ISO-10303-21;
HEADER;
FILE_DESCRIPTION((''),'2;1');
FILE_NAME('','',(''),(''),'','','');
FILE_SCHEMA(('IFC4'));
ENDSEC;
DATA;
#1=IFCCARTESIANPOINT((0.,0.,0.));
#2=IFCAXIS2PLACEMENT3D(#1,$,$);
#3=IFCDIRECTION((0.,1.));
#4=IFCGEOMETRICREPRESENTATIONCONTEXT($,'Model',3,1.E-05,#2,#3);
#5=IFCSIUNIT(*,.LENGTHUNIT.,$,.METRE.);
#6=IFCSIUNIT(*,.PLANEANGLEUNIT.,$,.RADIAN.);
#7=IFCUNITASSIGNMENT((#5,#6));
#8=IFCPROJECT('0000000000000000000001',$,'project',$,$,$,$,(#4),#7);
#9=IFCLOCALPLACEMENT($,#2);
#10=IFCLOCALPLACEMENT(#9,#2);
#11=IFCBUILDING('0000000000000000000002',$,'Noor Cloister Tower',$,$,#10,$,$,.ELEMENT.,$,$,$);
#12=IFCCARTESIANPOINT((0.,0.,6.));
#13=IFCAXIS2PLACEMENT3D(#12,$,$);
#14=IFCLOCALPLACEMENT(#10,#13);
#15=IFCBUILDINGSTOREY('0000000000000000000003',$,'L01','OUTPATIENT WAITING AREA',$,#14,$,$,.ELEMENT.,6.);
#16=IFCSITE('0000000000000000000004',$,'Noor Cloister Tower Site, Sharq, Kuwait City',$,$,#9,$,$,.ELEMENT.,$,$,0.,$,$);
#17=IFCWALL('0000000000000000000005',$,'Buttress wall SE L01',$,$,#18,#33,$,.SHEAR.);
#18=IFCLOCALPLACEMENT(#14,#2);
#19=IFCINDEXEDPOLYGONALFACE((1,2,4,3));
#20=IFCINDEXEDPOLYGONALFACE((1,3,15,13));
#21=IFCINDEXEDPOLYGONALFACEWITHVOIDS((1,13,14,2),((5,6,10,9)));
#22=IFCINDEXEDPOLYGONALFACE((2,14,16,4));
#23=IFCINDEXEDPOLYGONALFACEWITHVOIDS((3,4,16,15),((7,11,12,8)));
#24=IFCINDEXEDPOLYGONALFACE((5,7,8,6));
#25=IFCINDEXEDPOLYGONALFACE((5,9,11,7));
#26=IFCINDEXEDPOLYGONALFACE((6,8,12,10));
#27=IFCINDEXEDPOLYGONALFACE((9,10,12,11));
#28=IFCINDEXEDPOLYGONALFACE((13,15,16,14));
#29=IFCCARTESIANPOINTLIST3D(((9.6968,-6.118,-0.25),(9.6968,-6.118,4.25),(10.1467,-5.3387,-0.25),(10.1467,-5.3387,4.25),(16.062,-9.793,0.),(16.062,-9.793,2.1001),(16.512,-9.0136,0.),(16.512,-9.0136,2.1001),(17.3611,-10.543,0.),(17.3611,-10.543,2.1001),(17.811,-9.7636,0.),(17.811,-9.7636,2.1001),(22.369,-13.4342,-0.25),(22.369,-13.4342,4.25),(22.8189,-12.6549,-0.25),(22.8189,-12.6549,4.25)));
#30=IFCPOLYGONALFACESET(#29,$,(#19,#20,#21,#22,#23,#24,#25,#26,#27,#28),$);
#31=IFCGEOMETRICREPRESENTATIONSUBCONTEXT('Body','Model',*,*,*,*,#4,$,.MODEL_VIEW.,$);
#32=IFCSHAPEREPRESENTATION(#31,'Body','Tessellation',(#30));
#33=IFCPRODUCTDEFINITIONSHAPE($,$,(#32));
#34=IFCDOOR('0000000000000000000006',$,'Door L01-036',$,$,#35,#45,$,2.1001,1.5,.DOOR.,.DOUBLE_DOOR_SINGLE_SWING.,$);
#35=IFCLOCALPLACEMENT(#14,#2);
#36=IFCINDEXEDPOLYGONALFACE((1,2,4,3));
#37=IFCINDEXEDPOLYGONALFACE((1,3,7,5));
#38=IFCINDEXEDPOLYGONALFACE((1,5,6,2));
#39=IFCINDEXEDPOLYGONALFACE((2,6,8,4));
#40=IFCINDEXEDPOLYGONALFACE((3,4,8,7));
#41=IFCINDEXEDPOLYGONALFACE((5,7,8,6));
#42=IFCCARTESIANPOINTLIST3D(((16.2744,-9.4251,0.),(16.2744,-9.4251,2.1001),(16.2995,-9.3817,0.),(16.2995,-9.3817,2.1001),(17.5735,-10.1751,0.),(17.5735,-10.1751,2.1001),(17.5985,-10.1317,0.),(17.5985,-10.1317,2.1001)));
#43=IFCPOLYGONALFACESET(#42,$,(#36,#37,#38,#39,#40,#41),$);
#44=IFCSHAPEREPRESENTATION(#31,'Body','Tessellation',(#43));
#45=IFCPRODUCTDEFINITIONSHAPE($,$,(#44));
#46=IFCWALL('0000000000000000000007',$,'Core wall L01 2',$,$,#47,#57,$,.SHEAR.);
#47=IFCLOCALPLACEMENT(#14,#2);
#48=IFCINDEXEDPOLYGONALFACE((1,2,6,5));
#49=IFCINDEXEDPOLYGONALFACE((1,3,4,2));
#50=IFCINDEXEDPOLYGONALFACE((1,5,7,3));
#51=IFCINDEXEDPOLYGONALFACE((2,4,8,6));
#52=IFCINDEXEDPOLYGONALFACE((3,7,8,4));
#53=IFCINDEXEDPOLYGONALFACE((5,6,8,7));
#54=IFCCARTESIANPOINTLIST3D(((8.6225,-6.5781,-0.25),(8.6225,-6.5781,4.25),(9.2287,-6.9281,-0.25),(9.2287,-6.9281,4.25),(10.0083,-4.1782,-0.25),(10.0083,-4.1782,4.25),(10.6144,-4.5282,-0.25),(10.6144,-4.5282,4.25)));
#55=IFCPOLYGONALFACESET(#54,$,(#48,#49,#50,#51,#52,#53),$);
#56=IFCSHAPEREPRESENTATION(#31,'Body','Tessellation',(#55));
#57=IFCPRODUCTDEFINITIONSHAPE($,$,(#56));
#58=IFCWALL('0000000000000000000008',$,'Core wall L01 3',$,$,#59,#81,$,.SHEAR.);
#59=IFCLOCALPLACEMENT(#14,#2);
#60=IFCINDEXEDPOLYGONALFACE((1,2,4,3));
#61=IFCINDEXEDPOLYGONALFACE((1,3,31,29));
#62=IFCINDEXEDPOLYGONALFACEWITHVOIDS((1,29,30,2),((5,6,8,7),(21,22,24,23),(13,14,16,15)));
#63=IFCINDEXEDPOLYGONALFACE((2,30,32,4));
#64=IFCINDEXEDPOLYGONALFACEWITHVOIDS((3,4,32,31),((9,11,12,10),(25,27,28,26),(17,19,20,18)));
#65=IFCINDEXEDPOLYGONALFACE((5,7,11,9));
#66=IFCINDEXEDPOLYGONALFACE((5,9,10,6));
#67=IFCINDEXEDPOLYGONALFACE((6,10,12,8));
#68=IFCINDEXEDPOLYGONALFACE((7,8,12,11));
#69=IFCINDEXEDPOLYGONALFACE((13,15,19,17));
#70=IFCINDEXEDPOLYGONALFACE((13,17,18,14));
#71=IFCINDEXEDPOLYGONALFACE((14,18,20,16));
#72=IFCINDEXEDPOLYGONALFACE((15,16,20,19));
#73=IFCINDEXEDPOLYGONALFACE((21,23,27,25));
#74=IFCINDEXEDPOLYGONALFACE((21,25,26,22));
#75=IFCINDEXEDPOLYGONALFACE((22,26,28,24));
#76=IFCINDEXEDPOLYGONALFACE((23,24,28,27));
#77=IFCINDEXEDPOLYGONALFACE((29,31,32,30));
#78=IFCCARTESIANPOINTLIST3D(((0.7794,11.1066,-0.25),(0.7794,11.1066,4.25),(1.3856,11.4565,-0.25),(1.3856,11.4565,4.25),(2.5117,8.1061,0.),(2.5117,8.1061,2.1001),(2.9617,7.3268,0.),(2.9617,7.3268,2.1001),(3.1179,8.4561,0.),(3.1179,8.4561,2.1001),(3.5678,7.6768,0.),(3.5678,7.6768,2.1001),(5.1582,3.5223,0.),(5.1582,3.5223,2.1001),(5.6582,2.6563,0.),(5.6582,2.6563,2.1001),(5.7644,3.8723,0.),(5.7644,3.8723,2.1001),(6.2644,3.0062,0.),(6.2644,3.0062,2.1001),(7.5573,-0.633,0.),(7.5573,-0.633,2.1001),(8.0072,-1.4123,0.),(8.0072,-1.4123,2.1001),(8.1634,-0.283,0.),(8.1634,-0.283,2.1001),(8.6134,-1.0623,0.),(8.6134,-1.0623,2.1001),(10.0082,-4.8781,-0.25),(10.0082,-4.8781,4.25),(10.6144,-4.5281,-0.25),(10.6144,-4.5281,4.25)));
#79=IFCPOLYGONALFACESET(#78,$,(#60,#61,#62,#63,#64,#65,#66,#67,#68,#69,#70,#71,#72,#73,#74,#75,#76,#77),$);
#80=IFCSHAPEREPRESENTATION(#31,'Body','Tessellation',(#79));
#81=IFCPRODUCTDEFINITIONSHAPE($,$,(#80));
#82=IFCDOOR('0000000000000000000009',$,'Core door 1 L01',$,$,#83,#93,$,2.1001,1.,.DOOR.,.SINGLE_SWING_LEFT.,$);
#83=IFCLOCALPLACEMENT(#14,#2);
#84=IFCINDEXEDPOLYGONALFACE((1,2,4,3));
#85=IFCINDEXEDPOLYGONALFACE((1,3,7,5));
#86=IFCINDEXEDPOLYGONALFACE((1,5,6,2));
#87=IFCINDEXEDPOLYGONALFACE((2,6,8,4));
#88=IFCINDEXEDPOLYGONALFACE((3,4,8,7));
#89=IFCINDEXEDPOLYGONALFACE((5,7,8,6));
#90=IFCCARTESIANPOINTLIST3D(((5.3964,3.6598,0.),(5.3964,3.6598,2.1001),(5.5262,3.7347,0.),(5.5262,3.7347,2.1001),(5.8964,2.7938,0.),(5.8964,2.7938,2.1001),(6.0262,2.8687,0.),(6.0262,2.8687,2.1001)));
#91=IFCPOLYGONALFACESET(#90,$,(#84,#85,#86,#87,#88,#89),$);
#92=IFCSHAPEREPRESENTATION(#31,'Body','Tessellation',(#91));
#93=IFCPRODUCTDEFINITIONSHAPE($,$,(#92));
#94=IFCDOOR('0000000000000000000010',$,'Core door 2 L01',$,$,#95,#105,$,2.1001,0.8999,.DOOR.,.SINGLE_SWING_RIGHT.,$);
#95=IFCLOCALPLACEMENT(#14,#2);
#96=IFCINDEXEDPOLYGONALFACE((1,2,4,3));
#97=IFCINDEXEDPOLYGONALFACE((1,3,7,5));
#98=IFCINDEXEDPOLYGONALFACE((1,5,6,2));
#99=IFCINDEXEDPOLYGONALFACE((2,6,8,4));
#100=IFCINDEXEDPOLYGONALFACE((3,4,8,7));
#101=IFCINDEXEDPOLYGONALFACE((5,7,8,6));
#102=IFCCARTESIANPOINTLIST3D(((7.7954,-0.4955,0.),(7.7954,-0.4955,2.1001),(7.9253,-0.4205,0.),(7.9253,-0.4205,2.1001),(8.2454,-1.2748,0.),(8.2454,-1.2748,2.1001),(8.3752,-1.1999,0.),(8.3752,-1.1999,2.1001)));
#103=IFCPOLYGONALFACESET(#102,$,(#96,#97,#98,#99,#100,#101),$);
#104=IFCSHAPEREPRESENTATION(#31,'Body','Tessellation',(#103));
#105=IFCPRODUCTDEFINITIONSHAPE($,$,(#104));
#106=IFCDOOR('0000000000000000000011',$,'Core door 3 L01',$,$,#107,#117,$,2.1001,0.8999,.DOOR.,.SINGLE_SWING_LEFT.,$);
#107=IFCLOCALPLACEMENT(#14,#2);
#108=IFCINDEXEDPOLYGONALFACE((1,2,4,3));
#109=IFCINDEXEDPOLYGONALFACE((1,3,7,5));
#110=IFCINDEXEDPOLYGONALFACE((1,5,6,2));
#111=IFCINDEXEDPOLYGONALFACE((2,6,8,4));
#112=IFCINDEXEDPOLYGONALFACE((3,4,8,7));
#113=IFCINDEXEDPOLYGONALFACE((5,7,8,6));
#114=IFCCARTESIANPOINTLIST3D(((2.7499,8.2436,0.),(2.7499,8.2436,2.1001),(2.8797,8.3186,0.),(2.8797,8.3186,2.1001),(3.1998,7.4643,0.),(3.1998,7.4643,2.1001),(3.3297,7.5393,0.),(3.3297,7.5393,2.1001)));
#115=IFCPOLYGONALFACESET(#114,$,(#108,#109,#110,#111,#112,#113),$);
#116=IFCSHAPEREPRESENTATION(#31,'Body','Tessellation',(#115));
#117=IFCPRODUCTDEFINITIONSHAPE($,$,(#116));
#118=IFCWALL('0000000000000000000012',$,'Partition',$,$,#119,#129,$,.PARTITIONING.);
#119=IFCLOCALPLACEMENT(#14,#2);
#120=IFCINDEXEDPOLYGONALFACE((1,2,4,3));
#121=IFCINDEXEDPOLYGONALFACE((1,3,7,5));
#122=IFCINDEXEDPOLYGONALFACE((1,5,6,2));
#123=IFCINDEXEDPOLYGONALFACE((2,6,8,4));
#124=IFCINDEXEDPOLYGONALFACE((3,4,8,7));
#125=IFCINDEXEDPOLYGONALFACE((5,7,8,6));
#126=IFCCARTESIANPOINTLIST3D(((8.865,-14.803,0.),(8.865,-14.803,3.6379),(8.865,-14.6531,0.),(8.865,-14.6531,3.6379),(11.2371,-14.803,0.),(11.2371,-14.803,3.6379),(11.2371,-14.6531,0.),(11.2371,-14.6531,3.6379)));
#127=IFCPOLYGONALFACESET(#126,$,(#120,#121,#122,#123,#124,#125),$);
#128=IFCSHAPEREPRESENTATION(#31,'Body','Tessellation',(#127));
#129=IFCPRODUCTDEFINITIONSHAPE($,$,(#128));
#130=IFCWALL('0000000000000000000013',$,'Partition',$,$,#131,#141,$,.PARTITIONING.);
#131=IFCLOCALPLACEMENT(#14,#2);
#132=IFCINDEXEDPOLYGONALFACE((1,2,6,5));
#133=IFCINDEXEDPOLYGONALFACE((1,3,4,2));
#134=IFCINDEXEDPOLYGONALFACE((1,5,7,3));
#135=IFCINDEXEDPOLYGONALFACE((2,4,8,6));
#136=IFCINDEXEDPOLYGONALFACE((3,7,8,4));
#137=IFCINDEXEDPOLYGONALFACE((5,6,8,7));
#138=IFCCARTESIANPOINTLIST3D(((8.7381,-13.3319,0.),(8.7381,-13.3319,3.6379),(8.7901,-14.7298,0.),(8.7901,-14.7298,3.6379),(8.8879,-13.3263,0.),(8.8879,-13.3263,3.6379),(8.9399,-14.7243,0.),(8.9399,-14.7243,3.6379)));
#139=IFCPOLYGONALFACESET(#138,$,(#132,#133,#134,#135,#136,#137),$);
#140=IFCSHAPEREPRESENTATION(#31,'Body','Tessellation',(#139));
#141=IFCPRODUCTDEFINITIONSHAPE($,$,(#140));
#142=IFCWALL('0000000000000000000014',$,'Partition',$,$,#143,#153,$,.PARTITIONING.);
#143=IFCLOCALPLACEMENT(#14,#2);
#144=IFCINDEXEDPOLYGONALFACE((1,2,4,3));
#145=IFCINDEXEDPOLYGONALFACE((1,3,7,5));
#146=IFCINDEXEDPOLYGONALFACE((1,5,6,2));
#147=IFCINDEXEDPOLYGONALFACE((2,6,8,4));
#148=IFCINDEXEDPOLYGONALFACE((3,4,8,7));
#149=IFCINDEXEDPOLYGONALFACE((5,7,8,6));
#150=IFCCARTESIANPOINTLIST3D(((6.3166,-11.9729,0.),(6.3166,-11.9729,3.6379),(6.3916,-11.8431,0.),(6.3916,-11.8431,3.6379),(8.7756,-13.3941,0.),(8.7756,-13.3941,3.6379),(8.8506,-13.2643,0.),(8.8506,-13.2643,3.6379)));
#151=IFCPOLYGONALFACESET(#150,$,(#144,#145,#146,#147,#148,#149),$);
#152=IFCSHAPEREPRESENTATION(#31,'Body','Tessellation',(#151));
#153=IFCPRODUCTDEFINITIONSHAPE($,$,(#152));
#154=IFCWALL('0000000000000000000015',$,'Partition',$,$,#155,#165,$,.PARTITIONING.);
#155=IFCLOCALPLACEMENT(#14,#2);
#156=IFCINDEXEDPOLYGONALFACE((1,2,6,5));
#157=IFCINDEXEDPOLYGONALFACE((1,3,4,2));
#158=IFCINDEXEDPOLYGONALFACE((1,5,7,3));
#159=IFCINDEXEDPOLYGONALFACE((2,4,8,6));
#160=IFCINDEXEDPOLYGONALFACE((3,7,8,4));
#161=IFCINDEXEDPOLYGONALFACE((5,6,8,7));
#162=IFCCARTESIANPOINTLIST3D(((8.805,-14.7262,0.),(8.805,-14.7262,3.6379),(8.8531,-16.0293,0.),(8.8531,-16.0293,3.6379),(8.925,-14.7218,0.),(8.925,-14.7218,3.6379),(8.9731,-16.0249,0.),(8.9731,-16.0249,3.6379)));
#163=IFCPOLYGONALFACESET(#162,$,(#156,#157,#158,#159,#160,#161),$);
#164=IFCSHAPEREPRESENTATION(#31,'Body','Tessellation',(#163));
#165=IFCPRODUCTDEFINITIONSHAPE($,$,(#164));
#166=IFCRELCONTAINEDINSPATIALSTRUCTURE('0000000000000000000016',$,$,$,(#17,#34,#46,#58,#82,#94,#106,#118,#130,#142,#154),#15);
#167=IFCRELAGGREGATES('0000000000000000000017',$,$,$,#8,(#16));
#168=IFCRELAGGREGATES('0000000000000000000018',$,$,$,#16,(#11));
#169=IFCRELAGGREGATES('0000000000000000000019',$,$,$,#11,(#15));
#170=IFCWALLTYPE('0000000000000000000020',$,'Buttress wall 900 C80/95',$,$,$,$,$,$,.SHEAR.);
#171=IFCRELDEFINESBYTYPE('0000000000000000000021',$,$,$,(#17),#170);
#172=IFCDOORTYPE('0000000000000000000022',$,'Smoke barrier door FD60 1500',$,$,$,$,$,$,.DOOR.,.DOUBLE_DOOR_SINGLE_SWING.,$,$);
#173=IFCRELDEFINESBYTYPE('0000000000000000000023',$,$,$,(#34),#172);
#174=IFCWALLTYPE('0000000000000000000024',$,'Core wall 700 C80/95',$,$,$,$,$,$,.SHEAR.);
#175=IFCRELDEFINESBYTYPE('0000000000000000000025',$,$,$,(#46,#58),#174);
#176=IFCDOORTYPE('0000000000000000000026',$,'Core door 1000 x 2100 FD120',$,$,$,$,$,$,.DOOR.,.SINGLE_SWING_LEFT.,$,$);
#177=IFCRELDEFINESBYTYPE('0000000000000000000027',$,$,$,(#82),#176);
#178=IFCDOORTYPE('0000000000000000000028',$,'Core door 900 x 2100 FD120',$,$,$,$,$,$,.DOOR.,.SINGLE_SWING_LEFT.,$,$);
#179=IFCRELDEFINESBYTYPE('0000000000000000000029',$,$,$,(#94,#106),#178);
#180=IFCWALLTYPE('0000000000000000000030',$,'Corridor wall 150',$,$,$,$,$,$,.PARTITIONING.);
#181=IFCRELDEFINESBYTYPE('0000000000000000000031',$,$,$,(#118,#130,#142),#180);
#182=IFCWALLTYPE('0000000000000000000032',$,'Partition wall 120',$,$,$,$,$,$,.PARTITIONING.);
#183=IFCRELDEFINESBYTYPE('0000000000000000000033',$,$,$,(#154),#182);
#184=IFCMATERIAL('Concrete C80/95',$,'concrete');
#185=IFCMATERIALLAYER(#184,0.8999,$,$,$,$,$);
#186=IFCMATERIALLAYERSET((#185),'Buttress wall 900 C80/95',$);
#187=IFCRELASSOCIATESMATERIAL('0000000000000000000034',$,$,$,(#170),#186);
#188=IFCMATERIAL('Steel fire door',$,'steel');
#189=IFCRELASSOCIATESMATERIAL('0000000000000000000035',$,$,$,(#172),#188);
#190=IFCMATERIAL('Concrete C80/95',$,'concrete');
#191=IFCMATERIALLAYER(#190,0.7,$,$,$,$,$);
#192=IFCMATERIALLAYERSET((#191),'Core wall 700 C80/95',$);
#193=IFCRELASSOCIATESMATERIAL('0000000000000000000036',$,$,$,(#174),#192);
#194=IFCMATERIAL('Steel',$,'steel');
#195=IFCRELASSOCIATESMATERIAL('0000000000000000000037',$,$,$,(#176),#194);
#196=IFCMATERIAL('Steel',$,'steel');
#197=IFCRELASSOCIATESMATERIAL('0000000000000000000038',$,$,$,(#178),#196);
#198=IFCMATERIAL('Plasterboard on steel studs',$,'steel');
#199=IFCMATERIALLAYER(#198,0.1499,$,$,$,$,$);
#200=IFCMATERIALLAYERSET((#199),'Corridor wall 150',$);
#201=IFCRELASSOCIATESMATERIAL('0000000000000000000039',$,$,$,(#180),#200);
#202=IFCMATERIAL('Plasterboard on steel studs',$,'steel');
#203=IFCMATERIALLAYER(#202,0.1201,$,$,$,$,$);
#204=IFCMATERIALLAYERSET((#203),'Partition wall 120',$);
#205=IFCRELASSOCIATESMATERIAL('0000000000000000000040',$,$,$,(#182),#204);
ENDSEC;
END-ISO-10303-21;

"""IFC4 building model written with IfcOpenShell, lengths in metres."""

from ifc_helpers import new_model, si_unit, direction, frame, frame_2d, origin, place, context, subcontext, project, spatial, rectangle, extrude, material, layer, layer_set, type_object, element, fill, save


model = new_model("IFC4")

# Units and contexts
model_context = context("Model", 3, precision=1e-05, world=origin(), true_north=direction((0.0, 1.0)))
body_context = subcontext(model_context, "Body", "Model", "MODEL_VIEW")
ifc_project = project(units=[si_unit("LENGTHUNIT", "METRE"), si_unit("PLANEANGLEUNIT", "RADIAN")], contexts=[model_context])

# Site, building, storey
site_placement = place(None, origin())
site = spatial("IfcSite", under=ifc_project, at=site_placement, Name="Noor Cloister Tower Site, Sharq, Kuwait City", CompositionType="ELEMENT", RefElevation=0.0)
building_placement = place(site_placement, origin())
building = spatial("IfcBuilding", under=site, at=building_placement, Name="Noor Cloister Tower", CompositionType="ELEMENT")
storey_placement = place(building_placement, frame((0.0, 0.0, 6.0)))
storey = spatial("IfcBuildingStorey", under=building, at=storey_placement, Name="L01", Description="OUTPATIENT WAITING AREA", CompositionType="ELEMENT", Elevation=6.0)

# Wall, opening, door
ifc_material_1 = material(Name="Concrete C80/95", Category="concrete")
ifc_layer_1 = layer(ifc_material_1, 0.8999)
ifc_layer_set_1 = layer_set([ifc_layer_1], Name="Buttress wall 900 C80/95")
wall_type_1 = type_object("IfcWallType", Name="Buttress wall 900 C80/95", PredefinedType="SHEAR", material=ifc_layer_set_1)
wall_1_placement = place(storey_placement, frame((9.9216, -5.7283, -0.25), z_axis=(0.0, 0.0, 1.0), x_axis=(0.866028, -0.499995, 0.0)))
wall_1 = element("IfcWall", 1, at=wall_1_placement, inside=storey, type_object=wall_type_1, Name="Buttress wall SE L01", PredefinedType="SHEAR", context=body_context, shape_type="SweptSolid", body=[
    extrude(rectangle(XDim=14.6326, YDim=0.8999, at=frame_2d((7.3164, 0.0))), origin(), (0.0, 0.0, 1.0), 4.5),
])
opening_1_placement = place(wall_1_placement, frame((7.3501, 0.0, 0.25)))
opening_1 = element("IfcOpeningElement", 2, at=opening_1_placement, cuts=wall_1, PredefinedType="OPENING", context=body_context, shape_type="SweptSolid", body=[
    extrude(rectangle(XDim=1.5, YDim=2.1001, at=frame_2d((0.75, 1.05))), frame((0.0, 0.46, 0.0), z_axis=(0.0, -1.0, 0.0), x_axis=(1.0, 0.0, 0.0)), (0.0, 0.0, 1.0), 0.9199),
])
ifc_material_2 = material(Name="Steel fire door", Category="steel")
door_type_1 = type_object("IfcDoorType", Name="Smoke barrier door FD60 1500", OperationType="DOUBLE_DOOR_SINGLE_SWING", PredefinedType="DOOR", material=ifc_material_2)
door_1_placement = place(opening_1_placement, origin())
door_1 = element("IfcDoor", 3, at=door_1_placement, inside=storey, type_object=door_type_1, Name="Door L01-036", OperationType="DOUBLE_DOOR_SINGLE_SWING", OverallHeight=2.1001, OverallWidth=1.5, PredefinedType="DOOR", context=body_context, shape_type="SweptSolid", body=[
    extrude(rectangle(XDim=1.5, YDim=2.1001, at=frame_2d((0.75, 1.05))), frame((0.0, 0.0249, 0.0), z_axis=(0.0, -1.0, 0.0), x_axis=(1.0, 0.0, 0.0)), (0.0, 0.0, 1.0), 0.05),
])
fill(opening_1, door_1)

# Wall
ifc_material_3 = material(Name="Concrete C80/95", Category="concrete")
ifc_layer_2 = layer(ifc_material_3, 0.7)
ifc_layer_set_2 = layer_set([ifc_layer_2], Name="Core wall 700 C80/95")
wall_type_2 = type_object("IfcWallType", Name="Core wall 700 C80/95", PredefinedType="SHEAR", material=ifc_layer_set_2)
wall_2_placement = place(storey_placement, frame((8.9255, -6.7532, -0.25), z_axis=(0.0, 0.0, 1.0), x_axis=(0.500043, 0.866001, 0.0)))
element("IfcWall", 4, at=wall_2_placement, inside=storey, type_object=wall_type_2, Name="Core wall L01 2", PredefinedType="SHEAR", context=body_context, shape_type="SweptSolid", body=[
    extrude(rectangle(XDim=2.7712, YDim=0.7, at=frame_2d((1.3857, 0.0))), origin(), (0.0, 0.0, 1.0), 4.5),
])

# Wall, openings, doors
wall_3_placement = place(storey_placement, frame((10.3113, -4.7031, -0.25), z_axis=(0.0, 0.0, 1.0), x_axis=(-0.500001, 0.866025, 0.0)))
wall_3 = element("IfcWall", 5, at=wall_3_placement, inside=storey, type_object=wall_type_2, Name="Core wall L01 3", PredefinedType="SHEAR", context=body_context, shape_type="SweptSolid", body=[
    extrude(rectangle(XDim=18.4575, YDim=0.7, at=frame_2d((9.2288, 0.0))), origin(), (0.0, 0.0, 1.0), 4.5),
])
opening_2_placement = place(wall_3_placement, frame((8.7, 0.0, 0.25)))
opening_2 = element("IfcOpeningElement", 6, at=opening_2_placement, cuts=wall_3, PredefinedType="OPENING", context=body_context, shape_type="SweptSolid", body=[
    extrude(rectangle(XDim=1.0, YDim=2.1001, at=frame_2d((0.5, 1.05))), frame((0.0, 0.3599, 0.0), z_axis=(0.0, -1.0, 0.0), x_axis=(1.0, 0.0, 0.0)), (0.0, 0.0, 1.0), 0.72),
])
opening_3_placement = place(wall_3_placement, frame((4.002, 0.0, 0.25)))
opening_3 = element("IfcOpeningElement", 7, at=opening_3_placement, cuts=wall_3, PredefinedType="OPENING", context=body_context, shape_type="SweptSolid", body=[
    extrude(rectangle(XDim=0.8999, YDim=2.1001, at=frame_2d((0.45, 1.05))), frame((0.0, 0.3599, 0.0), z_axis=(0.0, -1.0, 0.0), x_axis=(1.0, 0.0, 0.0)), (0.0, 0.0, 1.0), 0.72),
])
opening_4_placement = place(wall_3_placement, frame((14.093, 0.0, 0.25)))
opening_4 = element("IfcOpeningElement", 8, at=opening_4_placement, cuts=wall_3, PredefinedType="OPENING", context=body_context, shape_type="SweptSolid", body=[
    extrude(rectangle(XDim=0.8999, YDim=2.1001, at=frame_2d((0.45, 1.05))), frame((0.0, 0.3599, 0.0), z_axis=(0.0, -1.0, 0.0), x_axis=(1.0, 0.0, 0.0)), (0.0, 0.0, 1.0), 0.72),
])
ifc_material_4 = material(Name="Steel", Category="steel")
door_type_2 = type_object("IfcDoorType", Name="Core door 1000 x 2100 FD120", OperationType="SINGLE_SWING_LEFT", PredefinedType="DOOR", material=ifc_material_4)
door_2_placement = place(opening_2_placement, origin())
door_2 = element("IfcDoor", 9, at=door_2_placement, inside=storey, type_object=door_type_2, Name="Core door 1 L01", OperationType="SINGLE_SWING_LEFT", OverallHeight=2.1001, OverallWidth=1.0, PredefinedType="DOOR", context=body_context, shape_type="SweptSolid", body=[
    extrude(rectangle(XDim=1.0, YDim=2.1001, at=frame_2d((0.5, 1.05))), frame((0.0, 0.075, 0.0), z_axis=(0.0, -1.0, 0.0), x_axis=(1.0, 0.0, 0.0)), (0.0, 0.0, 1.0), 0.1499),
])
fill(opening_2, door_2)
ifc_material_5 = material(Name="Steel", Category="steel")
door_type_3 = type_object("IfcDoorType", Name="Core door 900 x 2100 FD120", OperationType="SINGLE_SWING_LEFT", PredefinedType="DOOR", material=ifc_material_5)
door_3_placement = place(opening_3_placement, origin())
door_3 = element("IfcDoor", 10, at=door_3_placement, inside=storey, type_object=door_type_3, Name="Core door 2 L01", OperationType="SINGLE_SWING_RIGHT", OverallHeight=2.1001, OverallWidth=0.8999, PredefinedType="DOOR", context=body_context, shape_type="SweptSolid", body=[
    extrude(rectangle(XDim=0.8999, YDim=2.1001, at=frame_2d((0.45, 1.05))), frame((0.0, 0.075, 0.0), z_axis=(0.0, -1.0, 0.0), x_axis=(1.0, 0.0, 0.0)), (0.0, 0.0, 1.0), 0.1499),
])
fill(opening_3, door_3)
door_4_placement = place(opening_4_placement, origin())
door_4 = element("IfcDoor", 11, at=door_4_placement, inside=storey, type_object=door_type_3, Name="Core door 3 L01", OperationType="SINGLE_SWING_LEFT", OverallHeight=2.1001, OverallWidth=0.8999, PredefinedType="DOOR", context=body_context, shape_type="SweptSolid", body=[
    extrude(rectangle(XDim=0.8999, YDim=2.1001, at=frame_2d((0.45, 1.05))), frame((0.0, 0.075, 0.0), z_axis=(0.0, -1.0, 0.0), x_axis=(1.0, 0.0, 0.0)), (0.0, 0.0, 1.0), 0.1499),
])
fill(opening_4, door_4)

# Walls
ifc_material_6 = material(Name="Plasterboard on steel studs", Category="steel")
ifc_layer_3 = layer(ifc_material_6, 0.1499)
ifc_layer_set_3 = layer_set([ifc_layer_3], Name="Corridor wall 150")
wall_type_3 = type_object("IfcWallType", Name="Corridor wall 150", PredefinedType="PARTITIONING", material=ifc_layer_set_3)
wall_4_placement = place(storey_placement, frame((11.2371, -14.728, 0.0), z_axis=(0.0, 0.0, 1.0), x_axis=(-1.0, 0.0, 0.0)))
element("IfcWall", 12, at=wall_4_placement, inside=storey, type_object=wall_type_3, Name="Partition", PredefinedType="PARTITIONING", context=body_context, shape_type="SweptSolid", body=[
    extrude(rectangle(XDim=2.3721, YDim=0.1499, at=frame_2d((1.186, 0.0))), origin(), (0.0, 0.0, 1.0), 3.6379),
])
wall_5_placement = place(storey_placement, frame((8.865, -14.7271, 0.0), z_axis=(0.0, 0.0, 1.0), x_axis=(-0.037173, 0.999309, 0.0)))
element("IfcWall", 13, at=wall_5_placement, inside=storey, type_object=wall_type_3, Name="Partition", PredefinedType="PARTITIONING", context=body_context, shape_type="SweptSolid", body=[
    extrude(rectangle(XDim=1.3989, YDim=0.1499, at=frame_2d((0.6995, 0.0))), origin(), (0.0, 0.0, 1.0), 3.6379),
])
wall_6_placement = place(storey_placement, frame((8.813, -13.3291, 0.0), z_axis=(0.0, 0.0, 1.0), x_axis=(-0.865805, 0.500382, 0.0)))
element("IfcWall", 14, at=wall_6_placement, inside=storey, type_object=wall_type_3, Name="Partition", PredefinedType="PARTITIONING", context=body_context, shape_type="SweptSolid", body=[
    extrude(rectangle(XDim=2.8401, YDim=0.1499, at=frame_2d((1.4199, 0.0))), origin(), (0.0, 0.0, 1.0), 3.6379),
])
ifc_material_7 = material(Name="Plasterboard on steel studs", Category="steel")
ifc_layer_4 = layer(ifc_material_7, 0.1201)
ifc_layer_set_4 = layer_set([ifc_layer_4], Name="Partition wall 120")
wall_type_4 = type_object("IfcWallType", Name="Partition wall 120", PredefinedType="PARTITIONING", material=ifc_layer_set_4)
wall_7_placement = place(storey_placement, frame((8.865, -14.7241, 0.0), z_axis=(0.0, 0.0, 1.0), x_axis=(0.036887, -0.999319, 0.0)))
element("IfcWall", 15, at=wall_7_placement, inside=storey, type_object=wall_type_4, Name="Partition", PredefinedType="PARTITIONING", context=body_context, shape_type="SweptSolid", body=[
    extrude(rectangle(XDim=1.304, YDim=0.1201, at=frame_2d((0.6519, 0.0))), origin(), (0.0, 0.0, 1.0), 3.6379),
])

save(model, "model.ifc")
